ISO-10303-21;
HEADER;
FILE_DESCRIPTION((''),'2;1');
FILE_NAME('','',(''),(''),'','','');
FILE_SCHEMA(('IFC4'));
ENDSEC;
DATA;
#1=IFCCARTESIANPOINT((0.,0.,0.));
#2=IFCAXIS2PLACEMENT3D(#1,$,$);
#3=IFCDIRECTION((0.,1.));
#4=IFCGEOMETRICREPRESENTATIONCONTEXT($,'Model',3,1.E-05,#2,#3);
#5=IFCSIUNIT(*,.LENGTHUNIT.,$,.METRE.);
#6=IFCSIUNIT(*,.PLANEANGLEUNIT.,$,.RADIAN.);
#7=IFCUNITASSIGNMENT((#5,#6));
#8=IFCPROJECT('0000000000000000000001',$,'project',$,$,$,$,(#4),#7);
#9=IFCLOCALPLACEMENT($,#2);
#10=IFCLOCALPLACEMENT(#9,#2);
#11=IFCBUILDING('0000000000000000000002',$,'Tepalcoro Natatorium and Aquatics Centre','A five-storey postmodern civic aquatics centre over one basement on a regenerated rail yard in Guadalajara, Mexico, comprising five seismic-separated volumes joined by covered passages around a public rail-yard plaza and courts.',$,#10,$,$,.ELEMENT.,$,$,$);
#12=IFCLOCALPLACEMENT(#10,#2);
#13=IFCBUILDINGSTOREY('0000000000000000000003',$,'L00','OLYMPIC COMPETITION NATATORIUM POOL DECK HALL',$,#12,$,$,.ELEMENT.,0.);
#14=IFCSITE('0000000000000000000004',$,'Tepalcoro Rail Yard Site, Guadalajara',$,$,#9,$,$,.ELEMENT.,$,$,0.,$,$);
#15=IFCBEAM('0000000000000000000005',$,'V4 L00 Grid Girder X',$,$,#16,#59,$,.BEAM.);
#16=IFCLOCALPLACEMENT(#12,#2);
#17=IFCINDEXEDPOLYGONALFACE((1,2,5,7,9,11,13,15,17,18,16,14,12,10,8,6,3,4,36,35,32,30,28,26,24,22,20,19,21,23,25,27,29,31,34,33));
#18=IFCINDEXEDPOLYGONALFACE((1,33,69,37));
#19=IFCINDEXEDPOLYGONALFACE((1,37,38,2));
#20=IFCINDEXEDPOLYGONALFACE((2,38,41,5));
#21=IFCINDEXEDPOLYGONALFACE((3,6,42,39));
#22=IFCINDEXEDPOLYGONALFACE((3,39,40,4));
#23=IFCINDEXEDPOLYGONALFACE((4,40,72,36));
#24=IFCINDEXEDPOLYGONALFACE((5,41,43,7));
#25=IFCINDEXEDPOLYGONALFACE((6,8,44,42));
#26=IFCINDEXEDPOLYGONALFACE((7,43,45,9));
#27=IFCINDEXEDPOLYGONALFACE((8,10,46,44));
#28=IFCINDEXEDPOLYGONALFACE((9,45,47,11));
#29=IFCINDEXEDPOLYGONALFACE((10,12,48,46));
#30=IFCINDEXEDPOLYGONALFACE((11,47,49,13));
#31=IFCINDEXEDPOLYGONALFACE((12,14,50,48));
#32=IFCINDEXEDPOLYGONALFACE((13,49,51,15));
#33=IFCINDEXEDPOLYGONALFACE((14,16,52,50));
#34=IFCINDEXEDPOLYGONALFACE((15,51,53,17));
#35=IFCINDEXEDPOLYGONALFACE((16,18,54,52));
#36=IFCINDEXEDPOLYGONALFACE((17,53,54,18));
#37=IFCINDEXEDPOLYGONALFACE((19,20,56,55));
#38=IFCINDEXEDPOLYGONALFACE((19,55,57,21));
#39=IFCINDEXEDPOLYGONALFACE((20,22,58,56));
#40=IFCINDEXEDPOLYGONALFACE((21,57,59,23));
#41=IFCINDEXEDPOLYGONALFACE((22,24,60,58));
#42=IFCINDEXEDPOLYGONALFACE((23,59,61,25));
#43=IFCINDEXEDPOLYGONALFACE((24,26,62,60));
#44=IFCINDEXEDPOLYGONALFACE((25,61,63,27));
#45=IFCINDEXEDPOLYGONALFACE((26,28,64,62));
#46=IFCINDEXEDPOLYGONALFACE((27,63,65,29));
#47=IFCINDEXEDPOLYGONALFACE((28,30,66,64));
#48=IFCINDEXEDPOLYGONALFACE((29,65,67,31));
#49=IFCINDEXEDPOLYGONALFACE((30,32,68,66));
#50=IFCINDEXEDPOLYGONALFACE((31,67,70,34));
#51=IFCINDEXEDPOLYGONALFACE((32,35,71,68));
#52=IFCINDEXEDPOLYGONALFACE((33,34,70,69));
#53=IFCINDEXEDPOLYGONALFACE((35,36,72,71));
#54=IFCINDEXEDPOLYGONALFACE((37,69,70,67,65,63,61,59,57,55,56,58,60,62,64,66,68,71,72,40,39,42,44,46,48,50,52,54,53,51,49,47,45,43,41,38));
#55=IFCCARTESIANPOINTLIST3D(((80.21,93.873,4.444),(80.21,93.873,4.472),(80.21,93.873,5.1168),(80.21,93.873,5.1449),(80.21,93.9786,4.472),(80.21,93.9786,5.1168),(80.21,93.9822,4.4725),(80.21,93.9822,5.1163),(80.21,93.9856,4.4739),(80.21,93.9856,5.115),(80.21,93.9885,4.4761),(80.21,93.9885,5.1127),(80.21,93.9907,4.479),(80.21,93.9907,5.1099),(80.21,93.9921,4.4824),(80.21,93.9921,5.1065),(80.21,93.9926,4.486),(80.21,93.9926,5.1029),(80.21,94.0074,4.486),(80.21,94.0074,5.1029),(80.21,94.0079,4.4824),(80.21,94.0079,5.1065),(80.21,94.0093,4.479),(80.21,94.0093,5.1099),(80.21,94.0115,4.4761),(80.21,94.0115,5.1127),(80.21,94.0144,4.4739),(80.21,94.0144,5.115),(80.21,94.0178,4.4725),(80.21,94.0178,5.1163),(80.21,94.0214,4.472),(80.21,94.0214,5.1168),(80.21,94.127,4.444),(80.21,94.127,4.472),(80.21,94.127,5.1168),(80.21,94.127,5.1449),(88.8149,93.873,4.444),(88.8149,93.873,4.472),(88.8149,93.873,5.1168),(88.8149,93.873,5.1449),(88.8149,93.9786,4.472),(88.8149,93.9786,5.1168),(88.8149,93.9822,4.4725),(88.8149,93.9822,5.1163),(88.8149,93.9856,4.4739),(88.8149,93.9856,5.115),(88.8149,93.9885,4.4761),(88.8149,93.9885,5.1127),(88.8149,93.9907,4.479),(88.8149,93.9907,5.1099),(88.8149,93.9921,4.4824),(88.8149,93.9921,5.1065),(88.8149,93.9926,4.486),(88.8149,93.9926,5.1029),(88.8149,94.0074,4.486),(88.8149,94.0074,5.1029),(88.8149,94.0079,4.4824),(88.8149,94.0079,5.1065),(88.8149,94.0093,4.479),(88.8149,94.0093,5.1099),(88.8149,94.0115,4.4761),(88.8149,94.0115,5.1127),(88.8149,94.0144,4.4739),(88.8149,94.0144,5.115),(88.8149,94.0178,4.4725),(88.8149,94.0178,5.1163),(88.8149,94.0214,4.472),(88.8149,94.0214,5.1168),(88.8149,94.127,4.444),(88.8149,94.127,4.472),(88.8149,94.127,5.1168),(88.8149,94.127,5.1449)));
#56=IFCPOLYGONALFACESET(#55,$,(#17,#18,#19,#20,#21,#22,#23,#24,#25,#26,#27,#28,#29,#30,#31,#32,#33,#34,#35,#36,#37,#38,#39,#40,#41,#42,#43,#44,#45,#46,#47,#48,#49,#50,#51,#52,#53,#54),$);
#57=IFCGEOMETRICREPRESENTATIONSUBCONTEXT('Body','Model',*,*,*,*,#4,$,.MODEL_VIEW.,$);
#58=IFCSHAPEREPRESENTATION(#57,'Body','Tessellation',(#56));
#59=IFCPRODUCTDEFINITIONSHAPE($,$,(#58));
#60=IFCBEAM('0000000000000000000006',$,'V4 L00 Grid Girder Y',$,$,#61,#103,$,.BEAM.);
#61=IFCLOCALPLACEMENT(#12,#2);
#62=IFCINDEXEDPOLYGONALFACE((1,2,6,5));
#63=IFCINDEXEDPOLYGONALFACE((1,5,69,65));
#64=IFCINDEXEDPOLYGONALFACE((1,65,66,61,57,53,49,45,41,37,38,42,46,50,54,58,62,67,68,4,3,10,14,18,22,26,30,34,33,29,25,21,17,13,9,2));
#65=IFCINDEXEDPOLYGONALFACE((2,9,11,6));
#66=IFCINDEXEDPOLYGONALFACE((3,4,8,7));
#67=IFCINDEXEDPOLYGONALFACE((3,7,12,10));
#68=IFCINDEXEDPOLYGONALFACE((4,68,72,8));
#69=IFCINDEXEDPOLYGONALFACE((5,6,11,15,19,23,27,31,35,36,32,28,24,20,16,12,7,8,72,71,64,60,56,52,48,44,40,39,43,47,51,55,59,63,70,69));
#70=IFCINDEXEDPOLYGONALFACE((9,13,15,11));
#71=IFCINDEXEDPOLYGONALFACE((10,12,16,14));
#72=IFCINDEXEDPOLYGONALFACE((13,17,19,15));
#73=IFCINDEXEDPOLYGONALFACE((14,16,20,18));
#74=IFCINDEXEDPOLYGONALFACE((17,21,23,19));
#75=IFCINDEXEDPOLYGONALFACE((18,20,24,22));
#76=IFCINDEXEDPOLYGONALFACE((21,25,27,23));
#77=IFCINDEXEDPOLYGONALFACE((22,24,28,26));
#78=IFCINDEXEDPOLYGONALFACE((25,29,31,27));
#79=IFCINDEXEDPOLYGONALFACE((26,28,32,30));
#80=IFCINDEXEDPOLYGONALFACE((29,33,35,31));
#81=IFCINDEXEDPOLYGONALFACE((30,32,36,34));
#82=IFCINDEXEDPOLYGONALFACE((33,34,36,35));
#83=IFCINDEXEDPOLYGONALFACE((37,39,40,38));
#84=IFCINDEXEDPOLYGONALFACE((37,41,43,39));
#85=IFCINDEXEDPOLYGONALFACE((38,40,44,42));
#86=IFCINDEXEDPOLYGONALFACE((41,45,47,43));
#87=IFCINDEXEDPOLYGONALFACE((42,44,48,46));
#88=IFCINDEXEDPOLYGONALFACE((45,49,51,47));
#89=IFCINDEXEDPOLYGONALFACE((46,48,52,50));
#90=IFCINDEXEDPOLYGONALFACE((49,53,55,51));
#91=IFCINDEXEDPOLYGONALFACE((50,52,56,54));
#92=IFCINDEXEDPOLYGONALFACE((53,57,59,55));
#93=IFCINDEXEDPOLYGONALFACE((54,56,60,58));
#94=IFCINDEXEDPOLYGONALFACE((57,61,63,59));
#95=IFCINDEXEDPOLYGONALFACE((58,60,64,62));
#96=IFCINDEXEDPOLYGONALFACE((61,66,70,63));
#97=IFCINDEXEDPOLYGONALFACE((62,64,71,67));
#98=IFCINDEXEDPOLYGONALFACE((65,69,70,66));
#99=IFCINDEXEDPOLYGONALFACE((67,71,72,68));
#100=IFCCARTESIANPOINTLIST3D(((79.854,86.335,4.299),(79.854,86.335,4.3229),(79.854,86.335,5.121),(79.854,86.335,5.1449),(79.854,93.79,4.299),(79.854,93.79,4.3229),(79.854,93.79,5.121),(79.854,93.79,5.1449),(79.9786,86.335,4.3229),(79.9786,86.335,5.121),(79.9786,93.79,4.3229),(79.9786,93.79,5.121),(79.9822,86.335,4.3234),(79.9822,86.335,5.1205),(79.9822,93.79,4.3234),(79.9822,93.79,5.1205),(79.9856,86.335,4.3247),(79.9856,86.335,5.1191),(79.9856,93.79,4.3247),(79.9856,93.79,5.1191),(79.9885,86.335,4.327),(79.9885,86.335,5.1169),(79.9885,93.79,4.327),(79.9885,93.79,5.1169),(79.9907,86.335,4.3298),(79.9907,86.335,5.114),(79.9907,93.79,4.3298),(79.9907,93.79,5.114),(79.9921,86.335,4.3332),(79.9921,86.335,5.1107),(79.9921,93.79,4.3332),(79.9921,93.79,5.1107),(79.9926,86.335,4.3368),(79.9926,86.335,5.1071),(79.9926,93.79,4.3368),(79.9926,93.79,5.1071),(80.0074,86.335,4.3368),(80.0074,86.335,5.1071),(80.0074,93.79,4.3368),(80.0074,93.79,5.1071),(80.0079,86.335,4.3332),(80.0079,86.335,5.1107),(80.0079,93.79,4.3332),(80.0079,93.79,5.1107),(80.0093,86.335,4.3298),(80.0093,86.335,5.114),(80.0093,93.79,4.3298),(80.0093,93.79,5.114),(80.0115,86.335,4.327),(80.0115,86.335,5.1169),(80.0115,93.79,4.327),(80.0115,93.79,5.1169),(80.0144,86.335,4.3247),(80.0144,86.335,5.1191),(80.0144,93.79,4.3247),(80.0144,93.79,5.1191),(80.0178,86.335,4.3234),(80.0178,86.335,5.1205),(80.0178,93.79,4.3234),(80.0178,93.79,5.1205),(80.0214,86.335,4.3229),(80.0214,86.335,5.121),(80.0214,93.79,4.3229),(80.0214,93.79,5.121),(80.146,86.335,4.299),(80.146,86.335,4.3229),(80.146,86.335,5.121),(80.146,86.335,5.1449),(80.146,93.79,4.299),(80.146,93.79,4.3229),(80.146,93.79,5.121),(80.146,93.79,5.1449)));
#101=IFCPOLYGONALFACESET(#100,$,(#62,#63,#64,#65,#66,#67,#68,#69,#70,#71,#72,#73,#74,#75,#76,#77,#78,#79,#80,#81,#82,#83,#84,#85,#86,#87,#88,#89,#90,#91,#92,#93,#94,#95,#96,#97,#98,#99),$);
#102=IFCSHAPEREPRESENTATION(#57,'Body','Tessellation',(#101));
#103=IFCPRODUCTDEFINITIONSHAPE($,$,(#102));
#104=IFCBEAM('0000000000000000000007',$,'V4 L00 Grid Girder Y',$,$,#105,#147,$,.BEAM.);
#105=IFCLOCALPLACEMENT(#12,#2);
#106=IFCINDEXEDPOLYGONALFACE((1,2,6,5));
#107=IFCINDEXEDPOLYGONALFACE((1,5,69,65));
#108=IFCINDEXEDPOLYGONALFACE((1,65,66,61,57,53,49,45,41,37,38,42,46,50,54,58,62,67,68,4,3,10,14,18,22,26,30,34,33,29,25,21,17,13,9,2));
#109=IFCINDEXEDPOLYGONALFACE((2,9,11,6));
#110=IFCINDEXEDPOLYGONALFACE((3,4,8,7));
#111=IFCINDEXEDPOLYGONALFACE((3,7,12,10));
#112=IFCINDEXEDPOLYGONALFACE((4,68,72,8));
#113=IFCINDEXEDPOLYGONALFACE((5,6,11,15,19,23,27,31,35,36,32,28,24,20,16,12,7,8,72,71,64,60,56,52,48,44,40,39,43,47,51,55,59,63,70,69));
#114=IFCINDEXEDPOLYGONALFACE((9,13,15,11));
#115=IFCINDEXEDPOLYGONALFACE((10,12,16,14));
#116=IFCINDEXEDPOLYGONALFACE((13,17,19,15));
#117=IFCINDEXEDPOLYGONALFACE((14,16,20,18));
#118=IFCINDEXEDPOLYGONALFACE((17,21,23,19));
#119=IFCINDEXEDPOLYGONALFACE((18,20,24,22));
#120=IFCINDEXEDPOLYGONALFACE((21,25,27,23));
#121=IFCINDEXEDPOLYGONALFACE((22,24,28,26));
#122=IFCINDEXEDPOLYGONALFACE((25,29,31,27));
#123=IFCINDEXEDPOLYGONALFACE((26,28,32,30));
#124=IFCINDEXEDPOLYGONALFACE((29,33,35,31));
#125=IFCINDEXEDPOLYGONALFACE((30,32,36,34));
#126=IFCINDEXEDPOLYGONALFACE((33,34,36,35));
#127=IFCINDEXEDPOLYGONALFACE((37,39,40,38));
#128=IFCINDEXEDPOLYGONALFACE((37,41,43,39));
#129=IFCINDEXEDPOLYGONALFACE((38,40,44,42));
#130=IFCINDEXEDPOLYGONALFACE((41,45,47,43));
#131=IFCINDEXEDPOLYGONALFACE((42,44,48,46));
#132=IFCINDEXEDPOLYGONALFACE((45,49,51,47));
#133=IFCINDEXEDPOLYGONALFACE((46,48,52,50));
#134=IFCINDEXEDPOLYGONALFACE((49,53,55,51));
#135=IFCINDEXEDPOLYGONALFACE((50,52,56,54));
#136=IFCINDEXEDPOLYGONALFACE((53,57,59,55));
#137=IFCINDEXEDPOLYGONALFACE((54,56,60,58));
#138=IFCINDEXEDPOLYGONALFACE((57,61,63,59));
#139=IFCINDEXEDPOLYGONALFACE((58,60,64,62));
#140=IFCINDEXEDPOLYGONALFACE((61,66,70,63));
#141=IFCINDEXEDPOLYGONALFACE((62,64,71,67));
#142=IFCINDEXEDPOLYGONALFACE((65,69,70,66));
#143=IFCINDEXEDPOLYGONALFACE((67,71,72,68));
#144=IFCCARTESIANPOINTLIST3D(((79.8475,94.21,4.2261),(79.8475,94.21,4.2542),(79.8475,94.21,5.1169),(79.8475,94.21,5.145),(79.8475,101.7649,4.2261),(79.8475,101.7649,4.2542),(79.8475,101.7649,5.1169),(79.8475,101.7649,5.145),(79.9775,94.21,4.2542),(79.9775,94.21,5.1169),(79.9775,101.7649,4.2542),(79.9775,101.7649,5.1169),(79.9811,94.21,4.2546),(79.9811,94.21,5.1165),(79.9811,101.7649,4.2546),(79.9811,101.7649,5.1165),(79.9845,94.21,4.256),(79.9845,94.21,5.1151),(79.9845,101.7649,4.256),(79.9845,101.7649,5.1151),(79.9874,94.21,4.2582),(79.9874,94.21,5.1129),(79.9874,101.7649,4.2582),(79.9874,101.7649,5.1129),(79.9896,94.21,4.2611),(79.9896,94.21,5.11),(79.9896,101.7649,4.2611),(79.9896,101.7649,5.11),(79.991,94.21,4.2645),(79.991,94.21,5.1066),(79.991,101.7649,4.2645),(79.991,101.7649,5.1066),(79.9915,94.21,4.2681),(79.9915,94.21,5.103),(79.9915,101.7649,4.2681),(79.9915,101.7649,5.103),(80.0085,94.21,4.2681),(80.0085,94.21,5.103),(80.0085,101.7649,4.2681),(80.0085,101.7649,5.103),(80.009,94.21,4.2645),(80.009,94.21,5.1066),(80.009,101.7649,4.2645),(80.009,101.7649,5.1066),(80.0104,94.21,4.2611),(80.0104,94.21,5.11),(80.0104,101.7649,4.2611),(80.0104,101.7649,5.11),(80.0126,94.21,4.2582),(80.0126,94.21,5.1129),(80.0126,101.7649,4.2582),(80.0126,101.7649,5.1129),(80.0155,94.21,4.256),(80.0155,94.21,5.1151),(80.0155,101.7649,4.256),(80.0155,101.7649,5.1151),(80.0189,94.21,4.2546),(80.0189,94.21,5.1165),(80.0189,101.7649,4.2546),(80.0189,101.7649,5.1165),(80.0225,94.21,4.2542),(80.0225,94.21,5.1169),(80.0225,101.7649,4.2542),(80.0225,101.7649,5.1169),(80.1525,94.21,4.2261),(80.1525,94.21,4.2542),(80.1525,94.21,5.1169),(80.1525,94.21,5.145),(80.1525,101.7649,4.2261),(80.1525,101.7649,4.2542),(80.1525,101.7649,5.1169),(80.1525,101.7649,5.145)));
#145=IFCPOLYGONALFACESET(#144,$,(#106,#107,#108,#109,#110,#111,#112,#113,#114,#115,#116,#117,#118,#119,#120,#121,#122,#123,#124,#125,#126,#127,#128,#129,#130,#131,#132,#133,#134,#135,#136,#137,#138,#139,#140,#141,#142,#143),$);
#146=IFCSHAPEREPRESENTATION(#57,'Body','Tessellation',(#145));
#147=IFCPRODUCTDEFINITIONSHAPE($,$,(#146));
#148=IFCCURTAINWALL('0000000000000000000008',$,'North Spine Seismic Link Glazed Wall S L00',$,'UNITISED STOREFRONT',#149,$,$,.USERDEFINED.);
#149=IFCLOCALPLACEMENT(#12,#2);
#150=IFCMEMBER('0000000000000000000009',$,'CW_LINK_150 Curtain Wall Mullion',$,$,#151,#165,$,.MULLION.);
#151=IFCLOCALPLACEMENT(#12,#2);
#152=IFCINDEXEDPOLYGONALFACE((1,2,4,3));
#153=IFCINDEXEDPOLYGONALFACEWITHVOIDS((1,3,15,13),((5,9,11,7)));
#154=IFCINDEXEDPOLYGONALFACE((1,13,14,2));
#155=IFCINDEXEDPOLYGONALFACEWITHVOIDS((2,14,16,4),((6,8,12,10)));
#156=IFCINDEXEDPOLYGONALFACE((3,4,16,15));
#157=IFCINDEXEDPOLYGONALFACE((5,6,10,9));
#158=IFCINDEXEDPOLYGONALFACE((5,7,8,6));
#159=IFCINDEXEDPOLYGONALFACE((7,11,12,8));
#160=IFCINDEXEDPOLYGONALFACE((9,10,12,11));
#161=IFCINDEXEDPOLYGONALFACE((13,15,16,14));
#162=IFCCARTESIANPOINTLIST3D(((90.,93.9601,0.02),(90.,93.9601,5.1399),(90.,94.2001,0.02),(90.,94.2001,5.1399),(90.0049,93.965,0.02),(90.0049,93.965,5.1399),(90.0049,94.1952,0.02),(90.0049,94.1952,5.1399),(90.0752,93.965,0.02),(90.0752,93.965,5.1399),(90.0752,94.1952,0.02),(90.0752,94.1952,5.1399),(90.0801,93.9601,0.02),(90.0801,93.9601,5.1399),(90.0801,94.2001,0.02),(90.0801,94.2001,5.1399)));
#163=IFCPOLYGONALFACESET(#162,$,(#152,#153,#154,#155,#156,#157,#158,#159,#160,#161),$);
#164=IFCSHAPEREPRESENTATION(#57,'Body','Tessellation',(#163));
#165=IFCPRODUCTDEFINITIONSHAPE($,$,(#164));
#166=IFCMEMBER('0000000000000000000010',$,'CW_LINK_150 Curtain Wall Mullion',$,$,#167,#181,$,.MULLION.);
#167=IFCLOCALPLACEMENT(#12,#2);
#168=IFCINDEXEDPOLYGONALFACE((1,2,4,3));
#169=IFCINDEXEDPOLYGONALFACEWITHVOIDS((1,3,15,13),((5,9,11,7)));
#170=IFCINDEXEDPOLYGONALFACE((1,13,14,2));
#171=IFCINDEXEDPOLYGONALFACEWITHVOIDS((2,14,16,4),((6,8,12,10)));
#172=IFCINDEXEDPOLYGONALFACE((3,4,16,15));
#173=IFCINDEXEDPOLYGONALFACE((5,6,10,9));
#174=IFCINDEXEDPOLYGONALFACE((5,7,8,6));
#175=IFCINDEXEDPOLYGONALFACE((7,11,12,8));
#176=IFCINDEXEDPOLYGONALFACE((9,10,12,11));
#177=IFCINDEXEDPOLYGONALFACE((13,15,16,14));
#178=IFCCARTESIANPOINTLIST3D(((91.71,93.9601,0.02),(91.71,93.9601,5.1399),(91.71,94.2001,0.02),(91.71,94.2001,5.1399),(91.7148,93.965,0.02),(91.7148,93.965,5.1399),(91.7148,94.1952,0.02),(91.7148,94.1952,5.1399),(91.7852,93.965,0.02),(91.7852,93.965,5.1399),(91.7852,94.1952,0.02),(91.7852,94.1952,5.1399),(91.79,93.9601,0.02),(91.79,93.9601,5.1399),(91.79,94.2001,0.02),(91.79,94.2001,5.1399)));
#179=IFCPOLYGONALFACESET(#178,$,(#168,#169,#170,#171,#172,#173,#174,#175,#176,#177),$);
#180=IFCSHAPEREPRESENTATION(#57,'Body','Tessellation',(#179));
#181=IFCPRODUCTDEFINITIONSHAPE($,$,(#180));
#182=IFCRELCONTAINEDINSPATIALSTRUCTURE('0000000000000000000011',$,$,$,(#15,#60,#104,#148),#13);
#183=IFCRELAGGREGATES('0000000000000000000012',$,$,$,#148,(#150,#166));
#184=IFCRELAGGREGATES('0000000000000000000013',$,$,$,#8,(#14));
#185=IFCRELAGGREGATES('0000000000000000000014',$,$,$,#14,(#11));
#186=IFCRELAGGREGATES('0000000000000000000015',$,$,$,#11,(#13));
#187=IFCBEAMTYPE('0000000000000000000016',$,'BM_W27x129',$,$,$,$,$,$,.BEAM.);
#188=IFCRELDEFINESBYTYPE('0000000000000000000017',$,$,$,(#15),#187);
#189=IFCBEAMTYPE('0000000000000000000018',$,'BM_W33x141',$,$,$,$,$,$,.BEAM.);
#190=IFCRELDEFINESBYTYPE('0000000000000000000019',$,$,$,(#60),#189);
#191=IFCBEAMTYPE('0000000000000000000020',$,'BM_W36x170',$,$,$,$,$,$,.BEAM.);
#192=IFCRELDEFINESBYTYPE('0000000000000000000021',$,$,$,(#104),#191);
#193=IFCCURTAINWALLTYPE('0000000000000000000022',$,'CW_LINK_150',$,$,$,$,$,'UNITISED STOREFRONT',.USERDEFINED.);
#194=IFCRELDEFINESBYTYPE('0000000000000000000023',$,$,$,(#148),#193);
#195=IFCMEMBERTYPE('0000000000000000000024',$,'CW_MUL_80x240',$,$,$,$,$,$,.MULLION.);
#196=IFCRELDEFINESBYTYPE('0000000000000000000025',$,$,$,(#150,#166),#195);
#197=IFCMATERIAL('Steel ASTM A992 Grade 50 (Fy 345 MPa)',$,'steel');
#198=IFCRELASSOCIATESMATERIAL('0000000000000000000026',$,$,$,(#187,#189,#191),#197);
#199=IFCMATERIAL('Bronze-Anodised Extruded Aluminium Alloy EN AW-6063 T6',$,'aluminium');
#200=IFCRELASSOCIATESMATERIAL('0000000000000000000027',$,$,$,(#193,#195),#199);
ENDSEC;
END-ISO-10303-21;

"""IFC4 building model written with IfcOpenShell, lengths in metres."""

from ifc_helpers import new_model, si_unit, direction, frame, origin, origin_2d, place, context, subcontext, project, spatial, hollow_rectangle, i_section, extrude, material, material_profile, profile_set, type_object, element, aggregate, save


model = new_model("IFC4")

# Units and contexts
model_context = context("Model", 3, precision=1e-05, world=origin(), true_north=direction((0.0, 1.0)))
body_context = subcontext(model_context, "Body", "Model", "MODEL_VIEW")
ifc_project = project(units=[si_unit("LENGTHUNIT", "METRE"), si_unit("PLANEANGLEUNIT", "RADIAN")], contexts=[model_context])

# Site, building, storey
site_placement = place(None, origin())
site = spatial("IfcSite", under=ifc_project, at=site_placement, Name="Tepalcoro Rail Yard Site, Guadalajara", CompositionType="ELEMENT", RefElevation=0.0)
building_placement = place(site_placement, origin())
building = spatial("IfcBuilding", under=site, at=building_placement, Name="Tepalcoro Natatorium and Aquatics Centre", Description="A five-storey postmodern civic aquatics centre over one basement on a regenerated rail yard in Guadalajara, Mexico, comprising five seismic-separated volumes joined by covered passages around a public rail-yard plaza and courts.", CompositionType="ELEMENT")
storey_placement = place(building_placement, origin())
storey = spatial("IfcBuildingStorey", under=building, at=storey_placement, Name="L00", Description="OLYMPIC COMPETITION NATATORIUM POOL DECK HALL", CompositionType="ELEMENT", Elevation=0.0)

# Shared definitions
ifc_material_1 = material(Name="Steel ASTM A992 Grade 50 (Fy 345 MPa)", Category="steel")

# Beams
ifc_material_profile_1 = material_profile(ifc_material_1, i_section(OverallWidth=0.2539, OverallDepth=0.7009, WebThickness=0.0149, FlangeThickness=0.0281, FilletRadius=0.0139, at=origin_2d()), Name="W27X129")
ifc_profile_set_1 = profile_set([ifc_material_profile_1], Name="Steel ASTM A992 Grade 50 (Fy 345 MPa)")
beam_type_1 = type_object("IfcBeamType", Name="BM_W27x129", PredefinedType="BEAM", material=ifc_profile_set_1)
beam_1_placement = place(storey_placement, frame((80.21, 94.0, 4.7944), z_axis=(1.0, 0.0, 0.0), x_axis=(0.0, 1.0, 0.0)))
element("IfcBeam", 1, at=beam_1_placement, inside=storey, type_object=beam_type_1, Name="V4 L00 Grid Girder X", PredefinedType="BEAM", context=body_context, shape_type="SweptSolid", body=[
    extrude(i_section(OverallWidth=0.2539, OverallDepth=0.7009, WebThickness=0.0149, FlangeThickness=0.0281, FilletRadius=0.0139, at=origin_2d()), origin(), (0.0, 0.0, 1.0), 8.605),
])
ifc_material_profile_2 = material_profile(ifc_material_1, i_section(OverallWidth=0.292, OverallDepth=0.8459, WebThickness=0.0149, FlangeThickness=0.0239, FilletRadius=0.0139, at=origin_2d()), Name="W33X141")
ifc_profile_set_2 = profile_set([ifc_material_profile_2], Name="Steel ASTM A992 Grade 50 (Fy 345 MPa)")
beam_type_2 = type_object("IfcBeamType", Name="BM_W33x141", PredefinedType="BEAM", material=ifc_profile_set_2)
beam_2_placement = place(storey_placement, frame((80.0, 86.335, 4.7219), z_axis=(0.0, 1.0, 0.0), x_axis=(-1.0, 0.0, 0.0)))
element("IfcBeam", 2, at=beam_2_placement, inside=storey, type_object=beam_type_2, Name="V4 L00 Grid Girder Y", PredefinedType="BEAM", context=body_context, shape_type="SweptSolid", body=[
    extrude(i_section(OverallWidth=0.292, OverallDepth=0.8459, WebThickness=0.0149, FlangeThickness=0.0239, FilletRadius=0.0139, at=origin_2d()), origin(), (0.0, 0.0, 1.0), 7.4551),
])
ifc_material_profile_3 = material_profile(ifc_material_1, i_section(OverallWidth=0.3049, OverallDepth=0.9189, WebThickness=0.0171, FlangeThickness=0.0281, FilletRadius=0.0139, at=origin_2d()), Name="W36X170")
ifc_profile_set_3 = profile_set([ifc_material_profile_3], Name="Steel ASTM A992 Grade 50 (Fy 345 MPa)")
beam_type_3 = type_object("IfcBeamType", Name="BM_W36x170", PredefinedType="BEAM", material=ifc_profile_set_3)
beam_3_placement = place(storey_placement, frame((80.0, 94.21, 4.6855), z_axis=(0.0, 1.0, 0.0), x_axis=(-1.0, 0.0, 0.0)))
element("IfcBeam", 3, at=beam_3_placement, inside=storey, type_object=beam_type_3, Name="V4 L00 Grid Girder Y", PredefinedType="BEAM", context=body_context, shape_type="SweptSolid", body=[
    extrude(i_section(OverallWidth=0.3049, OverallDepth=0.9189, WebThickness=0.0171, FlangeThickness=0.0281, FilletRadius=0.0139, at=origin_2d()), origin(), (0.0, 0.0, 1.0), 7.5549),
])

# Curtain wall, members
ifc_material_2 = material(Name="Bronze-Anodised Extruded Aluminium Alloy EN AW-6063 T6", Category="aluminium")
curtain_wall_type = type_object("IfcCurtainWallType", Name="CW_LINK_150", ElementType="UNITISED STOREFRONT", PredefinedType="USERDEFINED", material=ifc_material_2)
curtain_wall_placement = place(storey_placement, origin())
curtain_wall = element("IfcCurtainWall", 4, at=curtain_wall_placement, inside=storey, type_object=curtain_wall_type, Name="North Spine Seismic Link Glazed Wall S L00", ObjectType="UNITISED STOREFRONT", PredefinedType="USERDEFINED")
ifc_material_profile_4 = material_profile(ifc_material_2, hollow_rectangle(XDim=0.0801, YDim=0.24, WallThickness=0.0049, at=origin_2d()), Name="AL80X240X5")
ifc_profile_set_4 = profile_set([ifc_material_profile_4], Name="Bronze-Anodised Extruded Aluminium Alloy EN AW-6063 T6")
member_type_1 = type_object("IfcMemberType", Name="CW_MUL_80x240", PredefinedType="MULLION", material=ifc_profile_set_4)
member_1_placement = place(storey_placement, frame((90.04, 94.0801, 0.02), z_axis=(0.0, 0.0, 1.0), x_axis=(1.0, 0.0, 0.0)))
member_1 = element("IfcMember", 5, at=member_1_placement, type_object=member_type_1, Name="CW_LINK_150 Curtain Wall Mullion", PredefinedType="MULLION", context=body_context, shape_type="SweptSolid", body=[
    extrude(hollow_rectangle(XDim=0.0801, YDim=0.24, WallThickness=0.0049, at=origin_2d()), origin(), (0.0, 0.0, 1.0), 5.1199),
])
member_2_placement = place(storey_placement, frame((91.75, 94.0801, 0.02), z_axis=(0.0, 0.0, 1.0), x_axis=(1.0, 0.0, 0.0)))
member_2 = element("IfcMember", 6, at=member_2_placement, type_object=member_type_1, Name="CW_LINK_150 Curtain Wall Mullion", PredefinedType="MULLION", context=body_context, shape_type="SweptSolid", body=[
    extrude(hollow_rectangle(XDim=0.0801, YDim=0.24, WallThickness=0.0049, at=origin_2d()), origin(), (0.0, 0.0, 1.0), 5.1199),
])

aggregate(curtain_wall, [member_1, member_2])

save(model, "model.ifc")
